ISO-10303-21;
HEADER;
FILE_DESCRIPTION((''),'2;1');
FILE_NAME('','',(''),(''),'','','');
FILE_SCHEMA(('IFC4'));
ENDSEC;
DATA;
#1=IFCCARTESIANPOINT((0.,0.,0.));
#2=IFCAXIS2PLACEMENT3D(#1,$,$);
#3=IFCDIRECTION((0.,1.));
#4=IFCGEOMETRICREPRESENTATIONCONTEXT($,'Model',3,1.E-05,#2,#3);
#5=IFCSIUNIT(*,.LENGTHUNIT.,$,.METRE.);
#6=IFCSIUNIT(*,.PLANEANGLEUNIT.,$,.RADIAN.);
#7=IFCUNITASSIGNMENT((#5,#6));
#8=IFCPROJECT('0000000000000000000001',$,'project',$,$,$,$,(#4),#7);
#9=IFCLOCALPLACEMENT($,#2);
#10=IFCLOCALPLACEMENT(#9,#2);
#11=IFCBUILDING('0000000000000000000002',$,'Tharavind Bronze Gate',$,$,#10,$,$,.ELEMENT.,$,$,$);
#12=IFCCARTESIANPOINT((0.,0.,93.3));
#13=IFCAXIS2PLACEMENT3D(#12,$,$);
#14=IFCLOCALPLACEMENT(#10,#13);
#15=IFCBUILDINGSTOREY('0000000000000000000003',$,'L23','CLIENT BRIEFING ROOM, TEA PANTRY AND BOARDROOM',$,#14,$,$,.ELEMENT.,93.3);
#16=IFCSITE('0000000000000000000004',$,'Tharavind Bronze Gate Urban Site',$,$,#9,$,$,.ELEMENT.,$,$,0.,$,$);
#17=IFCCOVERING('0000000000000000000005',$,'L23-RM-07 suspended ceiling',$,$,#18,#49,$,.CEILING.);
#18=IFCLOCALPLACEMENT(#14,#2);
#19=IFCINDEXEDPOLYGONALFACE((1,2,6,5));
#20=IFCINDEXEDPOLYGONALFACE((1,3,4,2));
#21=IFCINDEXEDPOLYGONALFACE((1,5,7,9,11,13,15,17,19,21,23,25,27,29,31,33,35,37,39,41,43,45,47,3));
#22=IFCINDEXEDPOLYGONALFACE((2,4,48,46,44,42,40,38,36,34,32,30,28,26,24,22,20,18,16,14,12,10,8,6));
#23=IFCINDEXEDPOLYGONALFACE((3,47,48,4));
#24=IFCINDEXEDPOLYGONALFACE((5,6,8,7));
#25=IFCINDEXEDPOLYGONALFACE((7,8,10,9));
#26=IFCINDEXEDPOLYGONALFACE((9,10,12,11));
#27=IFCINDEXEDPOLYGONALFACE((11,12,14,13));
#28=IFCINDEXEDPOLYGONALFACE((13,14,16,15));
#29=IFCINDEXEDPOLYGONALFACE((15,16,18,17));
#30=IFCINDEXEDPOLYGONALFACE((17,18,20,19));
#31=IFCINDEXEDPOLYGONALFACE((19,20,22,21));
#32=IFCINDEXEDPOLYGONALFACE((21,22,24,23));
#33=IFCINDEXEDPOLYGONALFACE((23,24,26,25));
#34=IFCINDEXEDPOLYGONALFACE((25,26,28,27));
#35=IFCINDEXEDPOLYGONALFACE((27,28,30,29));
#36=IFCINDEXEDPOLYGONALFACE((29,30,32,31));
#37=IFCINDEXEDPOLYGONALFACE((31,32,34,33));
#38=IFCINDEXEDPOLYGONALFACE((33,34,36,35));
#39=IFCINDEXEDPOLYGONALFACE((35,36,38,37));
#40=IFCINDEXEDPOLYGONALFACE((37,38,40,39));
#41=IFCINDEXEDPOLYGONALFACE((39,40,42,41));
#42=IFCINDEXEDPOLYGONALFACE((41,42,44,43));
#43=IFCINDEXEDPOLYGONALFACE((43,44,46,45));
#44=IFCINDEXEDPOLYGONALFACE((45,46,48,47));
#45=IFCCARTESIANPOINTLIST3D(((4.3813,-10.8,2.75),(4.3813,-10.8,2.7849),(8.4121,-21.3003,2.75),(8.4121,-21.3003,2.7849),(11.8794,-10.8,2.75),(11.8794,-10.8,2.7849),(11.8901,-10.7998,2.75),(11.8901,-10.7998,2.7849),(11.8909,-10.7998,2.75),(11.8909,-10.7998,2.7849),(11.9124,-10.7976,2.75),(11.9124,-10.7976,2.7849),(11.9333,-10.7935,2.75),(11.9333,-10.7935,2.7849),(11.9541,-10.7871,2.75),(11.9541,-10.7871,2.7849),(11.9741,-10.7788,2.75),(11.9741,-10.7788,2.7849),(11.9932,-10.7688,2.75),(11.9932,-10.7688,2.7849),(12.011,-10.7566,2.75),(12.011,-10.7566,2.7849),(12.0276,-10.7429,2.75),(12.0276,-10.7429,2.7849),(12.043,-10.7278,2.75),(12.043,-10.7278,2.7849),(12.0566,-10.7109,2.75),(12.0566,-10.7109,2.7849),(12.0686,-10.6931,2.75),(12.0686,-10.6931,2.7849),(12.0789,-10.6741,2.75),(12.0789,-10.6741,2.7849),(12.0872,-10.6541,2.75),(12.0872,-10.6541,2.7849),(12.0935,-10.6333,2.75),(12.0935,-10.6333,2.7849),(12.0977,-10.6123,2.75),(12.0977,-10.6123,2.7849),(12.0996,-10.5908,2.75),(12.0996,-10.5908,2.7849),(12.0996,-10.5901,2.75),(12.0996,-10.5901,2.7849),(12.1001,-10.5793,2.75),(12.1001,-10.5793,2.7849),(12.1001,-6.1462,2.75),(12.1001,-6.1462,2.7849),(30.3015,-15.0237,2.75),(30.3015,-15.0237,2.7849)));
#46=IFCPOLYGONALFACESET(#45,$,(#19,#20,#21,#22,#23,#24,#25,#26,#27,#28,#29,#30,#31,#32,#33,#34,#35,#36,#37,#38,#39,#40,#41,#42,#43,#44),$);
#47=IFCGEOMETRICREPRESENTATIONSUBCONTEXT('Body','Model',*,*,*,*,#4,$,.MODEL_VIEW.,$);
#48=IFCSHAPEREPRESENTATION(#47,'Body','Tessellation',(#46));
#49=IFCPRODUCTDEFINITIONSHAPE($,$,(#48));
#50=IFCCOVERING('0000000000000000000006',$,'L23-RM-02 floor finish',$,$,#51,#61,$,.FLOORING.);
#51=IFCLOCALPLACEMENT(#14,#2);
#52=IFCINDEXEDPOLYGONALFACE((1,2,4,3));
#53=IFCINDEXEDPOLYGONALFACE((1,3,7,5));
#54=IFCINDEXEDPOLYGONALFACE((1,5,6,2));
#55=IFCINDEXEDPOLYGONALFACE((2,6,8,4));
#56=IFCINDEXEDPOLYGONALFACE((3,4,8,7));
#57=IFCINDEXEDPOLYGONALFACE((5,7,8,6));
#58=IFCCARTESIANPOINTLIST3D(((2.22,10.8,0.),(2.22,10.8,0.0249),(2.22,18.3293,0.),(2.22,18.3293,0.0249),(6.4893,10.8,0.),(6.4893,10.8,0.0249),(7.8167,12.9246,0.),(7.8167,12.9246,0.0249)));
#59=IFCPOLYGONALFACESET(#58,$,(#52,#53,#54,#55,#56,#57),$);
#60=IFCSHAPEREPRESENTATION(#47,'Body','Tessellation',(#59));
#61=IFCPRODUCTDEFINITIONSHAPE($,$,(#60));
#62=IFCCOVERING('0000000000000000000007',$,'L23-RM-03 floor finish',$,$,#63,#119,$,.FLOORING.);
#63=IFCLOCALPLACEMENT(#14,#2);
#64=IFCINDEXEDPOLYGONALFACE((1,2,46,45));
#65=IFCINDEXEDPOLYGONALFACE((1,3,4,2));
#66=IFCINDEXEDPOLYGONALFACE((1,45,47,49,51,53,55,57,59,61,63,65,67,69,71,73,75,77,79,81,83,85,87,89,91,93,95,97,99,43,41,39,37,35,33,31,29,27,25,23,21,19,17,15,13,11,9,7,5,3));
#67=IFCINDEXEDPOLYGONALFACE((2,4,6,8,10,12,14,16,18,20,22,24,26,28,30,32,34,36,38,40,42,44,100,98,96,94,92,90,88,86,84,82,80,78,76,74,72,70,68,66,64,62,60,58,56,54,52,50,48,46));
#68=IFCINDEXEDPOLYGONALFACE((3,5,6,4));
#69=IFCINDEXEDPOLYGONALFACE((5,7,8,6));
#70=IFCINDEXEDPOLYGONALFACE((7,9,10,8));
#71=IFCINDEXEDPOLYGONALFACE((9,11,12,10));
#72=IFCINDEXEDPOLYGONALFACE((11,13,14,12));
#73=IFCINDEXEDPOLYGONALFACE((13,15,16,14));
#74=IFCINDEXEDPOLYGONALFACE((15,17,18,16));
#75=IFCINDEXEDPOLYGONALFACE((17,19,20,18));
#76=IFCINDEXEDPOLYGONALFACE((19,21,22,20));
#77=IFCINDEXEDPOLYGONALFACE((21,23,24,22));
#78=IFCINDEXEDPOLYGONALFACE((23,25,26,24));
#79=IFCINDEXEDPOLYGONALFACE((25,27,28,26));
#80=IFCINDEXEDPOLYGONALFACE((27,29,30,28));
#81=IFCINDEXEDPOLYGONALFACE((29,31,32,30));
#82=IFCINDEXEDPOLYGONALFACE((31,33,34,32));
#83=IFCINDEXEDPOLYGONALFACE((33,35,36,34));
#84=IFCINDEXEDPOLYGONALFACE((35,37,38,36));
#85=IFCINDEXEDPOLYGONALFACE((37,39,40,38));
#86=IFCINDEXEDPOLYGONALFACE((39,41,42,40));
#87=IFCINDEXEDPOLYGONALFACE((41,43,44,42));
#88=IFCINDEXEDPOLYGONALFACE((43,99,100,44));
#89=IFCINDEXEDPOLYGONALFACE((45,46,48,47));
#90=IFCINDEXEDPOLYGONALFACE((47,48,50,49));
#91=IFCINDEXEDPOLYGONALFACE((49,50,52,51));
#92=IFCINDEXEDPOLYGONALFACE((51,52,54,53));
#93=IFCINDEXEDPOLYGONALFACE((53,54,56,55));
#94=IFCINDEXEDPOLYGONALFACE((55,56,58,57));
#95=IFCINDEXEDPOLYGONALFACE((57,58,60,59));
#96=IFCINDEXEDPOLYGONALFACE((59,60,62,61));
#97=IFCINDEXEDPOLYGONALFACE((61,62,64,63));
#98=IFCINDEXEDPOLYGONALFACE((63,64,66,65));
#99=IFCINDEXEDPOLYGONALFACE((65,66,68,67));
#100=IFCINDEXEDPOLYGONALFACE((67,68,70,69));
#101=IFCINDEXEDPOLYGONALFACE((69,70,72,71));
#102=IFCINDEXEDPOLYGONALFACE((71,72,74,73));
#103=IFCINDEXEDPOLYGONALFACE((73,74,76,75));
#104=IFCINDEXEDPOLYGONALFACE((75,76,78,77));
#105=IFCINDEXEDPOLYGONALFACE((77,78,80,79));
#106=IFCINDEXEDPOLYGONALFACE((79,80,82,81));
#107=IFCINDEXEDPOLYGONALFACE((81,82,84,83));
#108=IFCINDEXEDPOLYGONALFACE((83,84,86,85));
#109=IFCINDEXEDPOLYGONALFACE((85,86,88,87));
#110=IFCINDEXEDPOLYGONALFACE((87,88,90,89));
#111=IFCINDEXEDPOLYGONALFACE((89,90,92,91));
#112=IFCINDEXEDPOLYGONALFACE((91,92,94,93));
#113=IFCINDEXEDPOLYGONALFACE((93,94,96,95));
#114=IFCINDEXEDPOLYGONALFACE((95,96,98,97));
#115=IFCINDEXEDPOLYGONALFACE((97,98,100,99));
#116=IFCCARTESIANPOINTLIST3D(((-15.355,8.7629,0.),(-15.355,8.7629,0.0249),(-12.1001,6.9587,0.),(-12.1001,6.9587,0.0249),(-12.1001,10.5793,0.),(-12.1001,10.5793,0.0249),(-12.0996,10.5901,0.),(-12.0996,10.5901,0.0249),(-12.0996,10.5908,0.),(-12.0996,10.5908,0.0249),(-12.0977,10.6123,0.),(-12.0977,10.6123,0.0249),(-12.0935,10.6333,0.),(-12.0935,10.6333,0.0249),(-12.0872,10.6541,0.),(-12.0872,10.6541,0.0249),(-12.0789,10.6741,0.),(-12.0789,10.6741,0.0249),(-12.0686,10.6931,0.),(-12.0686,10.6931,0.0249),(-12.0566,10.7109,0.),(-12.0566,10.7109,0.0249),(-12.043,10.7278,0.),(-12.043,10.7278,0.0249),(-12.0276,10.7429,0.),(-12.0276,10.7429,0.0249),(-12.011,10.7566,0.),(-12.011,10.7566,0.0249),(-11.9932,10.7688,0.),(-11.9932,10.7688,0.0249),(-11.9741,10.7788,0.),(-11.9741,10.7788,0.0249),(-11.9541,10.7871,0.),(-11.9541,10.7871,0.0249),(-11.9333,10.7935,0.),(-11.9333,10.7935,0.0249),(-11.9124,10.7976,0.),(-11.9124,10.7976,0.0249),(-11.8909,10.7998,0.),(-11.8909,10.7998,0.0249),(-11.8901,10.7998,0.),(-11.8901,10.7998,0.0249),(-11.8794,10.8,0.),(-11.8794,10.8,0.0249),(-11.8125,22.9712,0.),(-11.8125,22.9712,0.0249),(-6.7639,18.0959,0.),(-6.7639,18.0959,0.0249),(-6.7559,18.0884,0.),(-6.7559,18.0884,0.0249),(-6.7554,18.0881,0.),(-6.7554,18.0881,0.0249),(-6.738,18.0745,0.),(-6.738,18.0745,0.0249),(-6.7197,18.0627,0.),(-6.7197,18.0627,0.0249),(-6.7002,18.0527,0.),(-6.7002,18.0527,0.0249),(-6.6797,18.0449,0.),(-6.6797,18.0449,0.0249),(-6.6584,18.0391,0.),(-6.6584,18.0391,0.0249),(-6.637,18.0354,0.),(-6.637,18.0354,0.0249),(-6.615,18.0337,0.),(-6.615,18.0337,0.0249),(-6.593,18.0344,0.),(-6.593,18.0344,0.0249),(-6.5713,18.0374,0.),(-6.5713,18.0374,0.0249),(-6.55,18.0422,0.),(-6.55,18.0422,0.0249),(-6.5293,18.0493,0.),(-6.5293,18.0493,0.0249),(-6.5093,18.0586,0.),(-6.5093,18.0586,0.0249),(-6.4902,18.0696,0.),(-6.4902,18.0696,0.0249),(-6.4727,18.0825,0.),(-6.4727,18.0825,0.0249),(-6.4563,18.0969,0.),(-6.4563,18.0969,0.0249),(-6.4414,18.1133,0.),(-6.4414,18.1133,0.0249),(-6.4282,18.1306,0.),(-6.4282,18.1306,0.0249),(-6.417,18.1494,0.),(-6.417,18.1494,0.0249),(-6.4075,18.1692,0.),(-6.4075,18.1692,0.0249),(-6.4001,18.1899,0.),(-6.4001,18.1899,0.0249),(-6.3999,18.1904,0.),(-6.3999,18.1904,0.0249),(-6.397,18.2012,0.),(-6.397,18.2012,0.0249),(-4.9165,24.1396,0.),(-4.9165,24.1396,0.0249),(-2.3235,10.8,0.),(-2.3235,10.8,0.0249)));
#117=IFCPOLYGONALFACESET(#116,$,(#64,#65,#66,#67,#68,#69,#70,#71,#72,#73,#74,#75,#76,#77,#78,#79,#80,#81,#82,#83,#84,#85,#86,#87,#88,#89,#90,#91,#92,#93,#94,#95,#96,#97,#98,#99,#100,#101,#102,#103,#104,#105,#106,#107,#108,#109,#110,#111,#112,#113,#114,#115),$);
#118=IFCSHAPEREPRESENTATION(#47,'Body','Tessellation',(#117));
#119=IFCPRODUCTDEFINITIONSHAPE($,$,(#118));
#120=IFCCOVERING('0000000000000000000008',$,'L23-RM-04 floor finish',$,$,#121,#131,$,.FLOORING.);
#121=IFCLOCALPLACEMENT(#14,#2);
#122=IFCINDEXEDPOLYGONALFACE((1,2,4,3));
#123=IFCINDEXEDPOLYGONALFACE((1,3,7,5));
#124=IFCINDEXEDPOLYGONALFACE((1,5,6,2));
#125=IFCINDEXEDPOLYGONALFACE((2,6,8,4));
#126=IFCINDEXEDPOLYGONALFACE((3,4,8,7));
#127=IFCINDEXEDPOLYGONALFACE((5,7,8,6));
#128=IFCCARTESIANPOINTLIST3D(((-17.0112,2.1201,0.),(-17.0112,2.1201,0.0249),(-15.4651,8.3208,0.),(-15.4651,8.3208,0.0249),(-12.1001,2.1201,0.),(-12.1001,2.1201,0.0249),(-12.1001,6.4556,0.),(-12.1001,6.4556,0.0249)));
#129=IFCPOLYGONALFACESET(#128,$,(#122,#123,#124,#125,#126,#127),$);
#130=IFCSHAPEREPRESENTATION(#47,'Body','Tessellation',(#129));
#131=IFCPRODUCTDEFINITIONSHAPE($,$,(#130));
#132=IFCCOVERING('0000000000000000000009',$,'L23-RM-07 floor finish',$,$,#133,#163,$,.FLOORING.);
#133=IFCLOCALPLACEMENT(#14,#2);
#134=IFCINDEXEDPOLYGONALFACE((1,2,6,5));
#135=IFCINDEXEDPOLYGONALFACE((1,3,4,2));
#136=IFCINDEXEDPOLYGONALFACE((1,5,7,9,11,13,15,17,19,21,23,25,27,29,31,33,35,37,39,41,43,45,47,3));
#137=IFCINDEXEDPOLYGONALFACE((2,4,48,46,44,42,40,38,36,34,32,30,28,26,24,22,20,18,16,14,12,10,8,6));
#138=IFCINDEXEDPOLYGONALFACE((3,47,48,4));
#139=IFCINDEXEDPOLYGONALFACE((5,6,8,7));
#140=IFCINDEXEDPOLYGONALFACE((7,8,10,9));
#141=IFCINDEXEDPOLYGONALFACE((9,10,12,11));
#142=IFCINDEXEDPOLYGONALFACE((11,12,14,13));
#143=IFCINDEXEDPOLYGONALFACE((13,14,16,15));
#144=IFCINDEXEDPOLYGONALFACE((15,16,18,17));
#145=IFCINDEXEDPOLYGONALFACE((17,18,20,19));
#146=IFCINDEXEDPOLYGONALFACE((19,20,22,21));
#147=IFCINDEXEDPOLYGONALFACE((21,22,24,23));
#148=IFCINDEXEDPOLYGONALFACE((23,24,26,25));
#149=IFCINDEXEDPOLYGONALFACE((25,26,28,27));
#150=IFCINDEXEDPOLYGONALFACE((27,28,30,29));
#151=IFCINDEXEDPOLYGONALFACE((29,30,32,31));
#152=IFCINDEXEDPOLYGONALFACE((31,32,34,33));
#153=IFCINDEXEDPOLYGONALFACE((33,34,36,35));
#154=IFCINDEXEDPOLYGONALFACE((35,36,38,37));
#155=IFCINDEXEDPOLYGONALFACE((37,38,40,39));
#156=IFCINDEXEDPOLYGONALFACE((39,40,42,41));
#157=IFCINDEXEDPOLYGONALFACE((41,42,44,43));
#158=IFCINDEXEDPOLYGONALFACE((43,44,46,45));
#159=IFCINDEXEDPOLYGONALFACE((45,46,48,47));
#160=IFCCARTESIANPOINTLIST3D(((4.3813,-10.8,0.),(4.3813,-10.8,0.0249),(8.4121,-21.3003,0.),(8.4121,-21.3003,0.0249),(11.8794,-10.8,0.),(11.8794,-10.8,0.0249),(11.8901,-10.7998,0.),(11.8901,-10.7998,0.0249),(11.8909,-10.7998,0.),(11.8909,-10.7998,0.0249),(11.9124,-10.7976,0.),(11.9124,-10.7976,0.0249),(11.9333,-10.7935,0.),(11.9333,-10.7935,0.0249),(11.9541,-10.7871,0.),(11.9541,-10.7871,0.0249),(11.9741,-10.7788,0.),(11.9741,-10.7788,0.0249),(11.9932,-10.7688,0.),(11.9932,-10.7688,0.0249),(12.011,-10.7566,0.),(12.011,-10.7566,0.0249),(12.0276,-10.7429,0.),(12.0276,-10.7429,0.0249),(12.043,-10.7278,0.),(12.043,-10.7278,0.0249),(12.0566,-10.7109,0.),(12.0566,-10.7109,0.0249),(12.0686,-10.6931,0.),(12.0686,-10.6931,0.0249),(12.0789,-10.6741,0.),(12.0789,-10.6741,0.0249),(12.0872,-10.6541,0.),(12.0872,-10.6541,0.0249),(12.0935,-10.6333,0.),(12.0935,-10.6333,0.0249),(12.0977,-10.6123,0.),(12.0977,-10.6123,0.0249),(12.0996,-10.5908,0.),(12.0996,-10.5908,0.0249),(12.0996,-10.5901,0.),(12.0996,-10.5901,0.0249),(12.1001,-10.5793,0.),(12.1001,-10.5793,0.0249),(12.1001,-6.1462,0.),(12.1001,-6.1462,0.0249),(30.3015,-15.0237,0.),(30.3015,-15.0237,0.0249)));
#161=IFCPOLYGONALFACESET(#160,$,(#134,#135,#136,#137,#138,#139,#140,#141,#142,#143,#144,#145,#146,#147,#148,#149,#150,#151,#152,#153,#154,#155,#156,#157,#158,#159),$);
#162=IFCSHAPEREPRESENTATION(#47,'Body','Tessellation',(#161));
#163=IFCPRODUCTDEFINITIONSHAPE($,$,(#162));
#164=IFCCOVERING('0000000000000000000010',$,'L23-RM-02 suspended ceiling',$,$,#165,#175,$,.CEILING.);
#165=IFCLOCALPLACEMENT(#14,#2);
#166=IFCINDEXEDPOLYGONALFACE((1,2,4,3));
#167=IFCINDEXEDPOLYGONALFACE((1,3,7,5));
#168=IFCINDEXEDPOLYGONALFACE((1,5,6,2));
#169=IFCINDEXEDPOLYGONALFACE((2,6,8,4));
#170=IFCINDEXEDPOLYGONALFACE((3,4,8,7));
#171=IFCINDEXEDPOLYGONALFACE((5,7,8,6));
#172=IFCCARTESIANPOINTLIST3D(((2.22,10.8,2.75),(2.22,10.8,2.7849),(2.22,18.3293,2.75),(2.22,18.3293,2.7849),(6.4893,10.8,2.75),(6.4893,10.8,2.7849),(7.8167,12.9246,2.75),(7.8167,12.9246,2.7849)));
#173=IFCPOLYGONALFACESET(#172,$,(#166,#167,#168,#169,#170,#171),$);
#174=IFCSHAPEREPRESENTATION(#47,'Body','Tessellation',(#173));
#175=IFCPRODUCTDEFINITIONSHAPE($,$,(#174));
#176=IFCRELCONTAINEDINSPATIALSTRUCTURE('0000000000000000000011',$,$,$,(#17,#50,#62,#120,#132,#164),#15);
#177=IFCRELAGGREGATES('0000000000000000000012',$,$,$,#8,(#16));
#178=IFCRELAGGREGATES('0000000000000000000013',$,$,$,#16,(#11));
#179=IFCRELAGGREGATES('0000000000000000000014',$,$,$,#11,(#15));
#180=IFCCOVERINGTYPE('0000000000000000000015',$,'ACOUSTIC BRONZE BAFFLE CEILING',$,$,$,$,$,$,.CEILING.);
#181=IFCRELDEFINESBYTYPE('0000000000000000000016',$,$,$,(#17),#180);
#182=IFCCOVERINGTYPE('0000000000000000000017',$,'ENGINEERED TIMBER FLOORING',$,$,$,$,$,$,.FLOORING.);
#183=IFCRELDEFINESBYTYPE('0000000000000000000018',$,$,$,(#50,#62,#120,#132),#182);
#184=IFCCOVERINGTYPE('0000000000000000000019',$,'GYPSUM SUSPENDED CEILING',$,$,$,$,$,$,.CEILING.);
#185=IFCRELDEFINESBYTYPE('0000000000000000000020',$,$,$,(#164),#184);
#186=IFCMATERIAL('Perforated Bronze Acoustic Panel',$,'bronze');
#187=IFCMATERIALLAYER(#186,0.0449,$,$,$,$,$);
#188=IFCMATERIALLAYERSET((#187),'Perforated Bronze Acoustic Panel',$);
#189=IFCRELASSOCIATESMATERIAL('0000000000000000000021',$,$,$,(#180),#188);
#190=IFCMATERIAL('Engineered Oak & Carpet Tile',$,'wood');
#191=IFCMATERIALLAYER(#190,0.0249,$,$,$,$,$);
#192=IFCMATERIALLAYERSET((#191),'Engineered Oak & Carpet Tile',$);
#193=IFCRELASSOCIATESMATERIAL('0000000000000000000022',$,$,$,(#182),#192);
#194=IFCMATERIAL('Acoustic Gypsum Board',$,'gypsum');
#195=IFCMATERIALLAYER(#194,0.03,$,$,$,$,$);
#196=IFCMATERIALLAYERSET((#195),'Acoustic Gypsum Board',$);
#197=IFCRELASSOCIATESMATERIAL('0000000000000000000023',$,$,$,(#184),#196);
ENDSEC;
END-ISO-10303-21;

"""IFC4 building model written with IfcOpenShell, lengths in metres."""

from ifc_helpers import new_model, si_unit, direction, frame, origin, place, context, subcontext, project, spatial, polyline, outline, extrude, material, layer, layer_set, type_object, element, save


model = new_model("IFC4")

# Units and contexts
model_context = context("Model", 3, precision=1e-05, world=origin(), true_north=direction((0.0, 1.0)))
body_context = subcontext(model_context, "Body", "Model", "MODEL_VIEW")
ifc_project = project(units=[si_unit("LENGTHUNIT", "METRE"), si_unit("PLANEANGLEUNIT", "RADIAN")], contexts=[model_context])

# Site, building, storey
site_placement = place(None, origin())
site = spatial("IfcSite", under=ifc_project, at=site_placement, Name="Tharavind Bronze Gate Urban Site", CompositionType="ELEMENT", RefElevation=0.0)
building_placement = place(site_placement, origin())
building = spatial("IfcBuilding", under=site, at=building_placement, Name="Tharavind Bronze Gate", CompositionType="ELEMENT")
storey_placement = place(building_placement, frame((0.0, 0.0, 93.3)))
storey = spatial("IfcBuildingStorey", under=building, at=storey_placement, Name="L23", Description="CLIENT BRIEFING ROOM, TEA PANTRY AND BOARDROOM", CompositionType="ELEMENT", Elevation=93.3)

# Coverings
ifc_material_1 = material(Name="Perforated Bronze Acoustic Panel", Category="bronze")
ifc_layer_1 = layer(ifc_material_1, 0.0449)
ifc_layer_set_1 = layer_set([ifc_layer_1], Name="Perforated Bronze Acoustic Panel")
covering_type_1 = type_object("IfcCoveringType", Name="ACOUSTIC BRONZE BAFFLE CEILING", PredefinedType="CEILING", material=ifc_layer_set_1)
covering_1_placement = place(storey_placement, frame((0.0, 0.0, 2.75)))
element("IfcCovering", 1, at=covering_1_placement, inside=storey, type_object=covering_type_1, Name="L23-RM-07 suspended ceiling", PredefinedType="CEILING", context=body_context, shape_type="SweptSolid", body=[
    extrude(outline(polyline([(8.4121, -21.3003), (30.3015, -15.0237), (12.1001, -6.1462), (12.1001, -10.5793), (12.0996, -10.5901), (12.0996, -10.5908), (12.0977, -10.6123), (12.0935, -10.6333), (12.0872, -10.6541), (12.0789, -10.6741), (12.0686, -10.6931), (12.0566, -10.7109), (12.043, -10.7278), (12.0276, -10.7429), (12.011, -10.7566), (11.9932, -10.7688), (11.9741, -10.7788), (11.9541, -10.7871), (11.9333, -10.7935), (11.9124, -10.7976), (11.8909, -10.7998), (11.8901, -10.7998), (11.8794, -10.8), (4.3813, -10.8), (8.4121, -21.3003)])), origin(), (0.0, 0.0, 1.0), 0.0349),
])
ifc_material_2 = material(Name="Engineered Oak & Carpet Tile", Category="wood")
ifc_layer_2 = layer(ifc_material_2, 0.0249)
ifc_layer_set_2 = layer_set([ifc_layer_2], Name="Engineered Oak & Carpet Tile")
covering_type_2 = type_object("IfcCoveringType", Name="ENGINEERED TIMBER FLOORING", PredefinedType="FLOORING", material=ifc_layer_set_2)
covering_2_placement = place(storey_placement, origin())
element("IfcCovering", 2, at=covering_2_placement, inside=storey, type_object=covering_type_2, Name="L23-RM-02 floor finish", PredefinedType="FLOORING", context=body_context, shape_type="SweptSolid", body=[
    extrude(outline(polyline([(2.22, 10.8), (6.4893, 10.8), (7.8167, 12.9246), (2.22, 18.3293), (2.22, 10.8)])), origin(), (0.0, 0.0, 1.0), 0.0249),
])
covering_3_placement = place(storey_placement, origin())
element("IfcCovering", 3, at=covering_3_placement, inside=storey, type_object=covering_type_2, Name="L23-RM-03 floor finish", PredefinedType="FLOORING", context=body_context, shape_type="SweptSolid", body=[
    extrude(outline(polyline([(-12.1001, 6.9587), (-12.1001, 10.5793), (-12.0996, 10.5901), (-12.0996, 10.5908), (-12.0977, 10.6123), (-12.0935, 10.6333), (-12.0872, 10.6541), (-12.0789, 10.6741), (-12.0686, 10.6931), (-12.0566, 10.7109), (-12.043, 10.7278), (-12.0276, 10.7429), (-12.011, 10.7566), (-11.9932, 10.7688), (-11.9741, 10.7788), (-11.9541, 10.7871), (-11.9333, 10.7935), (-11.9124, 10.7976), (-11.8909, 10.7998), (-11.8901, 10.7998), (-11.8794, 10.8), (-2.3235, 10.8), (-4.9165, 24.1396), (-6.397, 18.2012), (-6.3999, 18.1904), (-6.4001, 18.1899), (-6.4075, 18.1692), (-6.417, 18.1494), (-6.4282, 18.1306), (-6.4414, 18.1133), (-6.4563, 18.0969), (-6.4727, 18.0825), (-6.4902, 18.0696), (-6.5093, 18.0586), (-6.5293, 18.0493), (-6.55, 18.0422), (-6.5713, 18.0374), (-6.593, 18.0344), (-6.615, 18.0337), (-6.637, 18.0354), (-6.6584, 18.0391), (-6.6797, 18.0449), (-6.7002, 18.0527), (-6.7197, 18.0627), (-6.738, 18.0745), (-6.7554, 18.0881), (-6.7559, 18.0884), (-6.7639, 18.0959), (-11.8125, 22.9712), (-15.355, 8.7629), (-12.1001, 6.9587)])), origin(), (0.0, 0.0, 1.0), 0.0249),
])
covering_4_placement = place(storey_placement, origin())
element("IfcCovering", 4, at=covering_4_placement, inside=storey, type_object=covering_type_2, Name="L23-RM-04 floor finish", PredefinedType="FLOORING", context=body_context, shape_type="SweptSolid", body=[
    extrude(outline(polyline([(-12.1001, 2.1201), (-12.1001, 6.4556), (-15.4651, 8.3208), (-17.0112, 2.1201), (-12.1001, 2.1201)])), origin(), (0.0, 0.0, 1.0), 0.0249),
])
covering_5_placement = place(storey_placement, origin())
element("IfcCovering", 5, at=covering_5_placement, inside=storey, type_object=covering_type_2, Name="L23-RM-07 floor finish", PredefinedType="FLOORING", context=body_context, shape_type="SweptSolid", body=[
    extrude(outline(polyline([(8.4121, -21.3003), (30.3015, -15.0237), (12.1001, -6.1462), (12.1001, -10.5793), (12.0996, -10.5901), (12.0996, -10.5908), (12.0977, -10.6123), (12.0935, -10.6333), (12.0872, -10.6541), (12.0789, -10.6741), (12.0686, -10.6931), (12.0566, -10.7109), (12.043, -10.7278), (12.0276, -10.7429), (12.011, -10.7566), (11.9932, -10.7688), (11.9741, -10.7788), (11.9541, -10.7871), (11.9333, -10.7935), (11.9124, -10.7976), (11.8909, -10.7998), (11.8901, -10.7998), (11.8794, -10.8), (4.3813, -10.8), (8.4121, -21.3003)])), origin(), (0.0, 0.0, 1.0), 0.0249),
])
ifc_material_3 = material(Name="Acoustic Gypsum Board", Category="gypsum")
ifc_layer_3 = layer(ifc_material_3, 0.03)
ifc_layer_set_3 = layer_set([ifc_layer_3], Name="Acoustic Gypsum Board")
covering_type_3 = type_object("IfcCoveringType", Name="GYPSUM SUSPENDED CEILING", PredefinedType="CEILING", material=ifc_layer_set_3)
covering_6_placement = place(storey_placement, frame((0.0, 0.0, 2.75)))
element("IfcCovering", 6, at=covering_6_placement, inside=storey, type_object=covering_type_3, Name="L23-RM-02 suspended ceiling", PredefinedType="CEILING", context=body_context, shape_type="SweptSolid", body=[
    extrude(outline(polyline([(2.22, 10.8), (6.4893, 10.8), (7.8167, 12.9246), (2.22, 18.3293), (2.22, 10.8)])), origin(), (0.0, 0.0, 1.0), 0.0349),
])

save(model, "model.ifc")
